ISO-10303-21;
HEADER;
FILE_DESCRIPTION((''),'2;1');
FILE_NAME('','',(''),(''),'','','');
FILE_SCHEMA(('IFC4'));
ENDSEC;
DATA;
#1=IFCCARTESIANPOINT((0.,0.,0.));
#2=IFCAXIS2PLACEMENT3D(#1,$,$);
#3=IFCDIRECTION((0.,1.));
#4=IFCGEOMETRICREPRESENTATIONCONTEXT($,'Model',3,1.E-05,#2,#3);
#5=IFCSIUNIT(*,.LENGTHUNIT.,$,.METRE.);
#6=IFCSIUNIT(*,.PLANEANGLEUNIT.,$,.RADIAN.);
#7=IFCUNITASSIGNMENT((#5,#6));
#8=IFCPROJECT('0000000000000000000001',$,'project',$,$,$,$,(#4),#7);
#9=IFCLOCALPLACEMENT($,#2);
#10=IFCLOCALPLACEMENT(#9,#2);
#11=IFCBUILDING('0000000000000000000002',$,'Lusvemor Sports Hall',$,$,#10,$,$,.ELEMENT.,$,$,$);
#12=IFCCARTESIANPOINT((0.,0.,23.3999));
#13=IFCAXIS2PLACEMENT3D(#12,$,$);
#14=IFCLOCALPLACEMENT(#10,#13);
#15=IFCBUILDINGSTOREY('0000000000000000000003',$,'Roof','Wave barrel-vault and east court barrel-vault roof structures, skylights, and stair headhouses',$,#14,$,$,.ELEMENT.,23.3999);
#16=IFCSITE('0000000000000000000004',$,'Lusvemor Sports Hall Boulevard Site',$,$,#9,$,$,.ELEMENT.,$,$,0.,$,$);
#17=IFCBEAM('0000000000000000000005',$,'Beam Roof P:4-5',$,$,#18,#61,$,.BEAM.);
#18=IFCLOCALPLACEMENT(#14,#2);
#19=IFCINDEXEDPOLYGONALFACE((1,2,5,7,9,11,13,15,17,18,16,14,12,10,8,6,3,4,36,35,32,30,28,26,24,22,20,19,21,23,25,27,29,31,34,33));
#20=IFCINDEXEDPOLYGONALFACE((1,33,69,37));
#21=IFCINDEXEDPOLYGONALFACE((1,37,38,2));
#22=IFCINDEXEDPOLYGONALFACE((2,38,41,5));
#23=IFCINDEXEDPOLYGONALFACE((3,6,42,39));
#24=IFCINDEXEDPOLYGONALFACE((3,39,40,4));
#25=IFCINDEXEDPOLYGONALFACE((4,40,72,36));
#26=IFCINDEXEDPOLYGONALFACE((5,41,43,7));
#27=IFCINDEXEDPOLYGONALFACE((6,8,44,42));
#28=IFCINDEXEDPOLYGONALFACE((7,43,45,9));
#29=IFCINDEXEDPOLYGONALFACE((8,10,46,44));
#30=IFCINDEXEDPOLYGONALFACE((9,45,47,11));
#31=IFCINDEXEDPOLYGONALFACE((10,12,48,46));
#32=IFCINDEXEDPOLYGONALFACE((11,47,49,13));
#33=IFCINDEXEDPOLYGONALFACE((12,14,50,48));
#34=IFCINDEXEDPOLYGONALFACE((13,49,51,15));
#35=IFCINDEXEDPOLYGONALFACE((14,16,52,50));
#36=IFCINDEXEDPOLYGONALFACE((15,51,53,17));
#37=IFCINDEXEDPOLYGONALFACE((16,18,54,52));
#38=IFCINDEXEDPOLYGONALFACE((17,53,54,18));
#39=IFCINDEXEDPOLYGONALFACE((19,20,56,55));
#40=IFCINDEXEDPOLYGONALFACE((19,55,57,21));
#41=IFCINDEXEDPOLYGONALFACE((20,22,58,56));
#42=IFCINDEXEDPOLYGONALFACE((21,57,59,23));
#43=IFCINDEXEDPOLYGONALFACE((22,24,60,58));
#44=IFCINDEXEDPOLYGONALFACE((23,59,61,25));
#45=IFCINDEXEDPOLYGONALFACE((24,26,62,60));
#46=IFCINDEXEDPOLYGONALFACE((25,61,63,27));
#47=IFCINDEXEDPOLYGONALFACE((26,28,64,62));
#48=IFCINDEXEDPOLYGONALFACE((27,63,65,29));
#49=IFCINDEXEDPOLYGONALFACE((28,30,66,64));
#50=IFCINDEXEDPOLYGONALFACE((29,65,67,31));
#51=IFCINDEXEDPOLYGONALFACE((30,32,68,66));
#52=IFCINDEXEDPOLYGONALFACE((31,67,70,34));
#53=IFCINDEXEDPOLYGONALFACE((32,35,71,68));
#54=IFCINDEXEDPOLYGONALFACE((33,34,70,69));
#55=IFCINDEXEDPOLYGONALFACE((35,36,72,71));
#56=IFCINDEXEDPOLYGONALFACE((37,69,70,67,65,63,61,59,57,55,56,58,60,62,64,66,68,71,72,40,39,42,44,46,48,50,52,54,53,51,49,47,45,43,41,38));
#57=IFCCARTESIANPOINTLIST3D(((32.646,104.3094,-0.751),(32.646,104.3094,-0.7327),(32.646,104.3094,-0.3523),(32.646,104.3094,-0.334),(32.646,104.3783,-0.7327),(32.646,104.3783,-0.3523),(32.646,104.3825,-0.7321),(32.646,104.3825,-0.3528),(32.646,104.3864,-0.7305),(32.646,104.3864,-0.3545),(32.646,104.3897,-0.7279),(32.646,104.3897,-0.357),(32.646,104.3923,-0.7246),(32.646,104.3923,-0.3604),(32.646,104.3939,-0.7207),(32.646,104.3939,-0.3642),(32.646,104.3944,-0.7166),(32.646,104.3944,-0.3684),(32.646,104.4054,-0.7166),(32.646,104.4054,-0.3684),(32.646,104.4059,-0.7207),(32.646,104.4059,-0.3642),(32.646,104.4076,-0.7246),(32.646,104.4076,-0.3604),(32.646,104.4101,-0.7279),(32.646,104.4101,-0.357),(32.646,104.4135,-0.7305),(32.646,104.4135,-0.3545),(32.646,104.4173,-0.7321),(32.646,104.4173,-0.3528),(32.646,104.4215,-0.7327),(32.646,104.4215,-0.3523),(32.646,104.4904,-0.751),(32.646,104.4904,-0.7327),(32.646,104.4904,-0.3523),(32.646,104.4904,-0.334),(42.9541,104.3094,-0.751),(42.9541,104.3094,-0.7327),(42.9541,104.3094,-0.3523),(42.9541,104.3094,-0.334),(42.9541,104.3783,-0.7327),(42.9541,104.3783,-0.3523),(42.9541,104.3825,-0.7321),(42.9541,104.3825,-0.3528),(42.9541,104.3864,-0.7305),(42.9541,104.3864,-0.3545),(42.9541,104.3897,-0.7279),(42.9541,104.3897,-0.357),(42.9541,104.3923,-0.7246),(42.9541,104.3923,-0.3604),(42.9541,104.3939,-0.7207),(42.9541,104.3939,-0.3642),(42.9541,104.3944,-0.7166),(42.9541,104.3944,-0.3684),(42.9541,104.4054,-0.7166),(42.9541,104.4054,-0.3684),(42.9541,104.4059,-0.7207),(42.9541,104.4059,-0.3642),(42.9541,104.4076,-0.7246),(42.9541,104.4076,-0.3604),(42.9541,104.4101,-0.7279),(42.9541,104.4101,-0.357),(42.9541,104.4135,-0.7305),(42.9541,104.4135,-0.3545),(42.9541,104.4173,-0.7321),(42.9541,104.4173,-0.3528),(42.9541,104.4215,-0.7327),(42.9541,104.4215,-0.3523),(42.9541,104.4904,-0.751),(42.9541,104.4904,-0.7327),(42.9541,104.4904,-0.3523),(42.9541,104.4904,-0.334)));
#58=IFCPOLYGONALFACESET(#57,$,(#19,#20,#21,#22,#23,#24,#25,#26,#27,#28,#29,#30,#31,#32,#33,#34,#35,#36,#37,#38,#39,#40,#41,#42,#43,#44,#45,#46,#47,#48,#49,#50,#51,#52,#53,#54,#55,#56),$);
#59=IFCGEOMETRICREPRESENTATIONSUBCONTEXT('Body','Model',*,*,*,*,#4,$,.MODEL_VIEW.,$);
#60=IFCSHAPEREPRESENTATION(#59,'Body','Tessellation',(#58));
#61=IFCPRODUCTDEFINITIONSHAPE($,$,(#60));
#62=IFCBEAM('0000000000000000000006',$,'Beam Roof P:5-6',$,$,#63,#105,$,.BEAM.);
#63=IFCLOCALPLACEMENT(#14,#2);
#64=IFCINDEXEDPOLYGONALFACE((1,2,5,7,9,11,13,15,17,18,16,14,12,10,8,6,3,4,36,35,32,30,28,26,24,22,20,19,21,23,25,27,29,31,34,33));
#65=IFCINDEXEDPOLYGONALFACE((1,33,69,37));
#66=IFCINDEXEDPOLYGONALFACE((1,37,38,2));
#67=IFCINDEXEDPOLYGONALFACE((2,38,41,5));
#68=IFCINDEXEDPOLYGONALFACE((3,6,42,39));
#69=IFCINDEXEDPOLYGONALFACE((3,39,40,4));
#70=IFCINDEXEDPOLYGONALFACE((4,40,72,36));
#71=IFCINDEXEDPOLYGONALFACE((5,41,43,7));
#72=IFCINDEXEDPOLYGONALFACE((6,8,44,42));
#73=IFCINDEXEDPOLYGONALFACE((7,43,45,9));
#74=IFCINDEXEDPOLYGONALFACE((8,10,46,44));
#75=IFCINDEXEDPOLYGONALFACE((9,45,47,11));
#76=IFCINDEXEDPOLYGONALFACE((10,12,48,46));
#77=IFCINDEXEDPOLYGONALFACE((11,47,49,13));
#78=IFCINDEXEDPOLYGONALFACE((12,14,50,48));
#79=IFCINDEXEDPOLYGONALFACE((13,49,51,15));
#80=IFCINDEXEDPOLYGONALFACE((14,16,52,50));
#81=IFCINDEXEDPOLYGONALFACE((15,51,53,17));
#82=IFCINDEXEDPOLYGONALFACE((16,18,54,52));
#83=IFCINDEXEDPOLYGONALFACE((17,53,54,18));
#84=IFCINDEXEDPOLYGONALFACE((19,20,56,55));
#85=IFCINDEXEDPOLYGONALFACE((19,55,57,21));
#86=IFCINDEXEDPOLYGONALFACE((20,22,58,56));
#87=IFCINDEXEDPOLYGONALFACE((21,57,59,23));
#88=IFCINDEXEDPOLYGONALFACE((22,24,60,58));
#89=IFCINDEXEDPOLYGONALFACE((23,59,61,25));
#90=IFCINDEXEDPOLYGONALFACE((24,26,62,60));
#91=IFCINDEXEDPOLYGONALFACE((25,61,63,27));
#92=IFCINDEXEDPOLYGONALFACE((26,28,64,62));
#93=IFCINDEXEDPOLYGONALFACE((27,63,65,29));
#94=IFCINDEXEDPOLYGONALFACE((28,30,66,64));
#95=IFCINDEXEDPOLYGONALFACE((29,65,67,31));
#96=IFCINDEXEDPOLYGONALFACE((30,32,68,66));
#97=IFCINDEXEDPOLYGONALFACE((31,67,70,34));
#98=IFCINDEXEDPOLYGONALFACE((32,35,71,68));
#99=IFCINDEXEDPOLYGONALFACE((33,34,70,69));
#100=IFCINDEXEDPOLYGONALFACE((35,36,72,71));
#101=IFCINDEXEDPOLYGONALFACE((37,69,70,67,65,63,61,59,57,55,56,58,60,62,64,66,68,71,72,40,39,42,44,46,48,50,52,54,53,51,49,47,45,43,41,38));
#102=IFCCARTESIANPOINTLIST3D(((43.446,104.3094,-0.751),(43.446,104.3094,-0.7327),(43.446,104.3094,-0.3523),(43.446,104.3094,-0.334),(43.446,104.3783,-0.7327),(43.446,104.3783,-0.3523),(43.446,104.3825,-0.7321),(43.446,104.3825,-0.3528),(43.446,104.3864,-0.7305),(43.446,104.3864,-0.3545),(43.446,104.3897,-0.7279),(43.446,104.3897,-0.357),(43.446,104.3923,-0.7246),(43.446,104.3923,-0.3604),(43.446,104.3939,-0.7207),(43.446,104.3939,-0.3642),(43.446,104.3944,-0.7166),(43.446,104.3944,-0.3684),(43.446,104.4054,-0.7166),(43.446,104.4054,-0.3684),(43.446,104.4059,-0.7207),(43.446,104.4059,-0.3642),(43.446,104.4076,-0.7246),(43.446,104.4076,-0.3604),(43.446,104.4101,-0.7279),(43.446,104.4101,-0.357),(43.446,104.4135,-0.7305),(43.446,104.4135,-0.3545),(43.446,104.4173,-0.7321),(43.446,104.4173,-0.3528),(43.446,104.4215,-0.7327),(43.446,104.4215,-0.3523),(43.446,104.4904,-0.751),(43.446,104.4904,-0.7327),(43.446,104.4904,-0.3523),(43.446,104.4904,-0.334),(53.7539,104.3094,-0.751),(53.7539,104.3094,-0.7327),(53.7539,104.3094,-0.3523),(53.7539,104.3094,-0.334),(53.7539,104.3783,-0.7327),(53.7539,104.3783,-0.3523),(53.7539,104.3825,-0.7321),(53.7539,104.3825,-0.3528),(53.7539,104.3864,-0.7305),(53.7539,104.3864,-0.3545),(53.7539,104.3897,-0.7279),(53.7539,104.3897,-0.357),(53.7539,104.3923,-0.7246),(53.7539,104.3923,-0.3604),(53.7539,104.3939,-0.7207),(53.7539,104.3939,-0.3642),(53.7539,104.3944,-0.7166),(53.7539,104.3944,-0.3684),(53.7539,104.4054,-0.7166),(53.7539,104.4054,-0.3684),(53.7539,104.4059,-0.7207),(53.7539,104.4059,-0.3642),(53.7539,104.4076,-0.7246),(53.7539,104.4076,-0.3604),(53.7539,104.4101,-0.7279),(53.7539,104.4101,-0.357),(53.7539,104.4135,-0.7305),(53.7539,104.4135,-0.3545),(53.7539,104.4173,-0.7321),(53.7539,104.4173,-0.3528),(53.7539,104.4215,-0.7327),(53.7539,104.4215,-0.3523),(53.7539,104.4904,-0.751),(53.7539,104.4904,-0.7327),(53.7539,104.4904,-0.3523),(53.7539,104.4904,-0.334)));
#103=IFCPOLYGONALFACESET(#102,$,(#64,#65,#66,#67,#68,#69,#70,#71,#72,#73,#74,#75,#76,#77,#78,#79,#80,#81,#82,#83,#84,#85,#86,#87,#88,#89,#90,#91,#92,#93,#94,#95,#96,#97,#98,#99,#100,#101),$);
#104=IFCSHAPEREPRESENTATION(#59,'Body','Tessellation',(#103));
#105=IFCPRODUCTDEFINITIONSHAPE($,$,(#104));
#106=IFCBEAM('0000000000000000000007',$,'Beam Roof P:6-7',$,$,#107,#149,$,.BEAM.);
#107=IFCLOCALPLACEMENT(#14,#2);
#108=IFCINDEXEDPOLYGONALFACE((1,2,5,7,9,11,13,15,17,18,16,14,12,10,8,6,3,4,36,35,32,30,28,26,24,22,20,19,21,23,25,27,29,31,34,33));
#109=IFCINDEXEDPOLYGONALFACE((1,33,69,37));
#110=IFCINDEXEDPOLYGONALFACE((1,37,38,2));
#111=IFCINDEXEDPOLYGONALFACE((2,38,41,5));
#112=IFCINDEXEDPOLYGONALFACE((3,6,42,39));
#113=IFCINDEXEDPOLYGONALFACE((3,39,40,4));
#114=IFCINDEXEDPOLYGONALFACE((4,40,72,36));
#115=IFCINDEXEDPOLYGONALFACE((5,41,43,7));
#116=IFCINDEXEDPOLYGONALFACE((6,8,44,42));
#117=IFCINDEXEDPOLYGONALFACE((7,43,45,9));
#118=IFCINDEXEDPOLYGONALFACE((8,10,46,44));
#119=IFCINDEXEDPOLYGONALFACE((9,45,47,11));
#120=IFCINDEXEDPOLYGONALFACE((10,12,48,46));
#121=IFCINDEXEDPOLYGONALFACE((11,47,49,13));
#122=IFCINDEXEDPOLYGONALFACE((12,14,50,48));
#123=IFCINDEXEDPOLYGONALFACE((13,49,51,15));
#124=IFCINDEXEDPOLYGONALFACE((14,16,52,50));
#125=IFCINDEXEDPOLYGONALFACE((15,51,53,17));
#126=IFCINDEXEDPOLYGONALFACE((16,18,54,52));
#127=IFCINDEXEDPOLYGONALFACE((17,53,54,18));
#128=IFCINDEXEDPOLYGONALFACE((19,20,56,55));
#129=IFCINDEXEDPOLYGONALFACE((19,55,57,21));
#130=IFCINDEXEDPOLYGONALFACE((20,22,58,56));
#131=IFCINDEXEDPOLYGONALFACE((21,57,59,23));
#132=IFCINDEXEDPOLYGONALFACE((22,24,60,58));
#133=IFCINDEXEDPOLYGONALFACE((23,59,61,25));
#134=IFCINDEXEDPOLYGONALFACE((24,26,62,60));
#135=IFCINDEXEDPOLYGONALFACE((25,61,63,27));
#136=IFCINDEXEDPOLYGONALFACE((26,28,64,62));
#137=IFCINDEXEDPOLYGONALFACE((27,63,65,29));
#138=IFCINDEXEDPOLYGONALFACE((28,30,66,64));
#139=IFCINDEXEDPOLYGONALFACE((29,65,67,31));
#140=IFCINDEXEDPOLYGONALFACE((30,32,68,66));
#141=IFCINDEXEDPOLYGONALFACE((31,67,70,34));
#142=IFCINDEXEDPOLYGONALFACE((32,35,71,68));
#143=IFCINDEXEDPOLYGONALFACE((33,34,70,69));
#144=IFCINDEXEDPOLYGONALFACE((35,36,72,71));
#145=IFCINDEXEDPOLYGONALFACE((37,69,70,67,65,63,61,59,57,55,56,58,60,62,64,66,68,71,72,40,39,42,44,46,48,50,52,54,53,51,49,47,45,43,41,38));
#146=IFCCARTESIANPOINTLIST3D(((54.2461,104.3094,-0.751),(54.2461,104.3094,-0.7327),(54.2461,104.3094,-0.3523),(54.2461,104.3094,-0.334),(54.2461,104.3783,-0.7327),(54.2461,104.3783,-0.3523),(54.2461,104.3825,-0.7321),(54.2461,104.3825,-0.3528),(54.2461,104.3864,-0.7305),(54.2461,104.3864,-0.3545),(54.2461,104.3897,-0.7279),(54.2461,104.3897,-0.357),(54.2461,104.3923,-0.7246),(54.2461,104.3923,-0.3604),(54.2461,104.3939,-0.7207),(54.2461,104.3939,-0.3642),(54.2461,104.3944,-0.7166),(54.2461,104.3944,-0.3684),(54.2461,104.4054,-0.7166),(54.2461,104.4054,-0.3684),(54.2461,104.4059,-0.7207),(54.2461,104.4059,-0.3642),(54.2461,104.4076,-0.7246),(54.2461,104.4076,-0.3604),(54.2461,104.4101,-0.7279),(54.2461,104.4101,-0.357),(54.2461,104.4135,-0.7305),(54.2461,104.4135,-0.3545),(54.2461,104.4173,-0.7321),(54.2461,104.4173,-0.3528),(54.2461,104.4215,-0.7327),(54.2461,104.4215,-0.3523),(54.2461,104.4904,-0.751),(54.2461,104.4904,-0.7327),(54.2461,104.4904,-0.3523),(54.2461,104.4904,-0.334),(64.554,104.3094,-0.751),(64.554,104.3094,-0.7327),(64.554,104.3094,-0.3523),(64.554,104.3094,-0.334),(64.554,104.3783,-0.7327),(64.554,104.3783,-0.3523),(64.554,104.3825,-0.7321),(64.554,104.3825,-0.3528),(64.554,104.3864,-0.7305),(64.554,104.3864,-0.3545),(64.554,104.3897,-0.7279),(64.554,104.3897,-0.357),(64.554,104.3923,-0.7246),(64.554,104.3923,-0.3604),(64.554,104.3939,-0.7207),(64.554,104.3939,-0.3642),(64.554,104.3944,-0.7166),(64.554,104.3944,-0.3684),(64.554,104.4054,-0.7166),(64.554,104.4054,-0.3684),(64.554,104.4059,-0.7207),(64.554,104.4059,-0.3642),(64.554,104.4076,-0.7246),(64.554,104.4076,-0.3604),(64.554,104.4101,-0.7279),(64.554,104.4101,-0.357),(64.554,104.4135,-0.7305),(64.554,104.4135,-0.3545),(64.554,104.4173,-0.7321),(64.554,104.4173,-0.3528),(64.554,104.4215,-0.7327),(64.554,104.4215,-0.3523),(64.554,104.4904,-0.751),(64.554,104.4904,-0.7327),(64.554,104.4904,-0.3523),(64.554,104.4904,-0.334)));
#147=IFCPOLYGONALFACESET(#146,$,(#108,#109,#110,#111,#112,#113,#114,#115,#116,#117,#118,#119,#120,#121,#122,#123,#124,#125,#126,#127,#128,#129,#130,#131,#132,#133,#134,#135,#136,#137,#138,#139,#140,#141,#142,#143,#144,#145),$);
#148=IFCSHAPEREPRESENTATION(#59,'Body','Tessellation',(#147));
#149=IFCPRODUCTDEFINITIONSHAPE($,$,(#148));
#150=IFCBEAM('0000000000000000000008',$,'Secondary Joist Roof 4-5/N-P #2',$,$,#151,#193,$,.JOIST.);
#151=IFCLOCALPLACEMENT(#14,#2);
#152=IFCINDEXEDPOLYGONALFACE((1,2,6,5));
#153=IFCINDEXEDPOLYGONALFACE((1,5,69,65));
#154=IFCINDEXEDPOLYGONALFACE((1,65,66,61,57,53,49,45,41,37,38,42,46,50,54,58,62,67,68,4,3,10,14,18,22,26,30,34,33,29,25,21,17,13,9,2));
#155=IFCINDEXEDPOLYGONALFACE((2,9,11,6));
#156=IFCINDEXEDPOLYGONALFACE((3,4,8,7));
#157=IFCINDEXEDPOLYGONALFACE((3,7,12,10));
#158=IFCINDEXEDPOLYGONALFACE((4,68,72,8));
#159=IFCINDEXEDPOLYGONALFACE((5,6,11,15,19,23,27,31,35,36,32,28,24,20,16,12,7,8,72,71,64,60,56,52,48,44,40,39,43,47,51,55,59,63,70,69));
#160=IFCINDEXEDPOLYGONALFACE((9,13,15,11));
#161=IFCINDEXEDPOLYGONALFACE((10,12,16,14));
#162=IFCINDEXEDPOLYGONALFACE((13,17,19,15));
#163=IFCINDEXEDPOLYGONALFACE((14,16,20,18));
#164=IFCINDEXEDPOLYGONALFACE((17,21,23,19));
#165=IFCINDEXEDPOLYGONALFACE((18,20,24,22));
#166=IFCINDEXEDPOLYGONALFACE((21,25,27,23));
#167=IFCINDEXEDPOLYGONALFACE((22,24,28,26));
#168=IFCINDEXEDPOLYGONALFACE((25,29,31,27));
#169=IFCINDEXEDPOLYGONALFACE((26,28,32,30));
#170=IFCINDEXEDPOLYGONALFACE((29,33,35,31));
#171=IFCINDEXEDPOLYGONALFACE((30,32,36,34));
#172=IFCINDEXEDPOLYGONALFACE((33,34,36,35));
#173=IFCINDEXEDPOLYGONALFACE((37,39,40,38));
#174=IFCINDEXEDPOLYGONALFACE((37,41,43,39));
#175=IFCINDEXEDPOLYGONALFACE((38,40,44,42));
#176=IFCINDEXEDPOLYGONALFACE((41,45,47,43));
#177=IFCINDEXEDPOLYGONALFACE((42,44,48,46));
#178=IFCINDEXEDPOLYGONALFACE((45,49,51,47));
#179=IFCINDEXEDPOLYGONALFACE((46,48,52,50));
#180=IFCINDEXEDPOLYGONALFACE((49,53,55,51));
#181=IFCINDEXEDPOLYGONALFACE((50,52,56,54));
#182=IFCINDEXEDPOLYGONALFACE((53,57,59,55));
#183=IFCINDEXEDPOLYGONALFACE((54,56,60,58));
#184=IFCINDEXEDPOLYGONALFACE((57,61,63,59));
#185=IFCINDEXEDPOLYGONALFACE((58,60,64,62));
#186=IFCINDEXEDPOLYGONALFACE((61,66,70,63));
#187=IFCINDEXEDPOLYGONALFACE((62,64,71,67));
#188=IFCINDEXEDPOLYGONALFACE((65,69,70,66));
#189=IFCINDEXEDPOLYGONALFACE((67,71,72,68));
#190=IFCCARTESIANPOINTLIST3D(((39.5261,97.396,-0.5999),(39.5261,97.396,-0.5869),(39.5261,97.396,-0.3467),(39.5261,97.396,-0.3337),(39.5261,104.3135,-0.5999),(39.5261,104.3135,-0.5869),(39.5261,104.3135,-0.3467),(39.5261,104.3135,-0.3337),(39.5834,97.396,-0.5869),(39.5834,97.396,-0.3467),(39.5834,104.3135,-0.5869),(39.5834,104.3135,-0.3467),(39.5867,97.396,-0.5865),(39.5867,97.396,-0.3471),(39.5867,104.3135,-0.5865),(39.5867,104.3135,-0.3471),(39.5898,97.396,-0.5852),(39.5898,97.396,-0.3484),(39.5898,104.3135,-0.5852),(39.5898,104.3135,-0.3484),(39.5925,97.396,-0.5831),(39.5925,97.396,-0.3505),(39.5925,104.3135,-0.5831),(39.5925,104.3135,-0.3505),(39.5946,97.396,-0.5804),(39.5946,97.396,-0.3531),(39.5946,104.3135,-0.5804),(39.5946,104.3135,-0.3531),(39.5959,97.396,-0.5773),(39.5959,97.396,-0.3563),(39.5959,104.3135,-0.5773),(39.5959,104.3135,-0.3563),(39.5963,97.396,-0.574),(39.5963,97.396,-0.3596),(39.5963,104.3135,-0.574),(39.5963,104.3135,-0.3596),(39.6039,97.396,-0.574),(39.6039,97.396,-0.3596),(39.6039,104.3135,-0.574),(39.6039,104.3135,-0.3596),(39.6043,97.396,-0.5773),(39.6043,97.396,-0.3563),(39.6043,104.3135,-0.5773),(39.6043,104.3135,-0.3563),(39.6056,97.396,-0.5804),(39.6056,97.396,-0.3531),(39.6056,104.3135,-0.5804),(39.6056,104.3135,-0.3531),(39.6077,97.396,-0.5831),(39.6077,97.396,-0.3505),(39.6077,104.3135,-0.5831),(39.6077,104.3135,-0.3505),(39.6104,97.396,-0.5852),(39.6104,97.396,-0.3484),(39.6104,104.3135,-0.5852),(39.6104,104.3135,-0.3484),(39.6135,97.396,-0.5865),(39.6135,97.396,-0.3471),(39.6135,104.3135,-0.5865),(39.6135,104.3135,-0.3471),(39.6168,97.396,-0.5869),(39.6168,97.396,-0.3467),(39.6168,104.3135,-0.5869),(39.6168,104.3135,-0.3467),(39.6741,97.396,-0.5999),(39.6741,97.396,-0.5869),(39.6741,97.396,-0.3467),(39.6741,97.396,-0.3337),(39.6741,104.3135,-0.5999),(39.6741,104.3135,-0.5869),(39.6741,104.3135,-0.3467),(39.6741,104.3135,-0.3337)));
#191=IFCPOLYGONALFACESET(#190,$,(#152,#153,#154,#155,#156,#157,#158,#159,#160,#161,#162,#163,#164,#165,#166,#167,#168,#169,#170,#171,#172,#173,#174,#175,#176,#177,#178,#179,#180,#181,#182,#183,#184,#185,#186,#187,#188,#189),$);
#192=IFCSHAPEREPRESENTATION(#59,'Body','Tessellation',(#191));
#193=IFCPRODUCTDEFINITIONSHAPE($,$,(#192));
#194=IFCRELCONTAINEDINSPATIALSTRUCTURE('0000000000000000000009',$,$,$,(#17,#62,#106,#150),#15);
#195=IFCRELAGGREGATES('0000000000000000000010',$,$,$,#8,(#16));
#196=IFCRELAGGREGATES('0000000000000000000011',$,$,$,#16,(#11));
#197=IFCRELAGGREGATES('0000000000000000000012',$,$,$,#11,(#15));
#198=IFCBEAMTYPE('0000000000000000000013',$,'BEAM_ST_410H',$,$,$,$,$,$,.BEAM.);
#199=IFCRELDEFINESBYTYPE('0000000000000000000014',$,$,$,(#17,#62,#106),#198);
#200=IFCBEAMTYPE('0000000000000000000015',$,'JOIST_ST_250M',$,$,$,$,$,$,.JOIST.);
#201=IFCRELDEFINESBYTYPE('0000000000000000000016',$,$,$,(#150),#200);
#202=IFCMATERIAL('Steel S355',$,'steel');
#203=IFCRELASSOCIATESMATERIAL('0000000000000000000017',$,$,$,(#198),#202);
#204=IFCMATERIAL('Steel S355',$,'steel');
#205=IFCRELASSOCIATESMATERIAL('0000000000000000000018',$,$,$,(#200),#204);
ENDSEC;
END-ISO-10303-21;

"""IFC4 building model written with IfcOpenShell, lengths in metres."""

from ifc_helpers import new_model, si_unit, direction, frame, origin, origin_2d, place, context, subcontext, project, spatial, i_section, extrude, material, material_profile, profile_set, type_object, element, save


model = new_model("IFC4")

# Units and contexts
model_context = context("Model", 3, precision=1e-05, world=origin(), true_north=direction((0.0, 1.0)))
body_context = subcontext(model_context, "Body", "Model", "MODEL_VIEW")
ifc_project = project(units=[si_unit("LENGTHUNIT", "METRE"), si_unit("PLANEANGLEUNIT", "RADIAN")], contexts=[model_context])

# Site, building, storey
site_placement = place(None, origin())
site = spatial("IfcSite", under=ifc_project, at=site_placement, Name="Lusvemor Sports Hall Boulevard Site", CompositionType="ELEMENT", RefElevation=0.0)
building_placement = place(site_placement, origin())
building = spatial("IfcBuilding", under=site, at=building_placement, Name="Lusvemor Sports Hall", CompositionType="ELEMENT")
storey_placement = place(building_placement, frame((0.0, 0.0, 23.3999)))
storey = spatial("IfcBuildingStorey", under=building, at=storey_placement, Name="Roof", Description="Wave barrel-vault and east court barrel-vault roof structures, skylights, and stair headhouses", CompositionType="ELEMENT", Elevation=23.3999)

# Beams
ifc_material_1 = material(Name="Steel S355", Category="steel")
ifc_material_profile_1 = material_profile(ifc_material_1, i_section(OverallWidth=0.1809, OverallDepth=0.417, WebThickness=0.011, FlangeThickness=0.0183, FilletRadius=0.0161, at=origin_2d()), Name="W410x85.0")
ifc_profile_set_1 = profile_set([ifc_material_profile_1], Name="Steel S355")
beam_type_1 = type_object("IfcBeamType", Name="BEAM_ST_410H", PredefinedType="BEAM", material=ifc_profile_set_1)
beam_1_placement = place(storey_placement, frame((32.646, 104.3999, -0.5425), z_axis=(1.0, 0.0, 0.0), x_axis=(0.0, 1.0, 0.0)))
element("IfcBeam", 1, at=beam_1_placement, inside=storey, type_object=beam_type_1, Name="Beam Roof P:4-5", PredefinedType="BEAM", context=body_context, shape_type="SweptSolid", body=[
    extrude(i_section(OverallWidth=0.1809, OverallDepth=0.417, WebThickness=0.011, FlangeThickness=0.0183, FilletRadius=0.0161, at=origin_2d()), origin(), (0.0, 0.0, 1.0), 10.3081),
])
for number, where, z_axis, x_axis, name in (
    (2, (43.446, 104.3999, -0.5425), (1.0, 0.0, 0.0), (0.0, 1.0, 0.0), "Beam Roof P:5-6"),
    (3, (54.2461, 104.3999, -0.5425), (1.0, 0.0, 0.0), (0.0, 1.0, 0.0), "Beam Roof P:6-7"),
):
    element("IfcBeam", number, at=place(storey_placement, frame(where, z_axis=z_axis, x_axis=x_axis)), inside=storey, type_object=beam_type_1, Name=name, PredefinedType="BEAM", context=body_context, shape_type="SweptSolid", body=[
        extrude(i_section(OverallWidth=0.1809, OverallDepth=0.417, WebThickness=0.011, FlangeThickness=0.0183, FilletRadius=0.0161, at=origin_2d()), origin(), (0.0, 0.0, 1.0), 10.3079),
    ])
ifc_material_2 = material(Name="Steel S355", Category="steel")
ifc_material_profile_2 = material_profile(ifc_material_2, i_section(OverallWidth=0.1479, OverallDepth=0.2661, WebThickness=0.0076, FlangeThickness=0.0129, FilletRadius=0.0129, at=origin_2d()), Name="W250x44.8")
ifc_profile_set_2 = profile_set([ifc_material_profile_2], Name="Steel S355")
beam_type_2 = type_object("IfcBeamType", Name="JOIST_ST_250M", PredefinedType="JOIST", material=ifc_profile_set_2)
for number, where, z_axis, x_axis, name in (
    (4, (39.6001, 97.396, -0.4668), (0.0, 1.0, 0.0), (-1.0, 0.0, 0.0), "Secondary Joist Roof 4-5/N-P #2"),
):
    element("IfcBeam", number, at=place(storey_placement, frame(where, z_axis=z_axis, x_axis=x_axis)), inside=storey, type_object=beam_type_2, Name=name, PredefinedType="JOIST", context=body_context, shape_type="SweptSolid", body=[
        extrude(i_section(OverallWidth=0.1479, OverallDepth=0.2661, WebThickness=0.0076, FlangeThickness=0.0129, FilletRadius=0.0129, at=origin_2d()), origin(), (0.0, 0.0, 1.0), 6.9175),
    ])

save(model, "model.ifc")
